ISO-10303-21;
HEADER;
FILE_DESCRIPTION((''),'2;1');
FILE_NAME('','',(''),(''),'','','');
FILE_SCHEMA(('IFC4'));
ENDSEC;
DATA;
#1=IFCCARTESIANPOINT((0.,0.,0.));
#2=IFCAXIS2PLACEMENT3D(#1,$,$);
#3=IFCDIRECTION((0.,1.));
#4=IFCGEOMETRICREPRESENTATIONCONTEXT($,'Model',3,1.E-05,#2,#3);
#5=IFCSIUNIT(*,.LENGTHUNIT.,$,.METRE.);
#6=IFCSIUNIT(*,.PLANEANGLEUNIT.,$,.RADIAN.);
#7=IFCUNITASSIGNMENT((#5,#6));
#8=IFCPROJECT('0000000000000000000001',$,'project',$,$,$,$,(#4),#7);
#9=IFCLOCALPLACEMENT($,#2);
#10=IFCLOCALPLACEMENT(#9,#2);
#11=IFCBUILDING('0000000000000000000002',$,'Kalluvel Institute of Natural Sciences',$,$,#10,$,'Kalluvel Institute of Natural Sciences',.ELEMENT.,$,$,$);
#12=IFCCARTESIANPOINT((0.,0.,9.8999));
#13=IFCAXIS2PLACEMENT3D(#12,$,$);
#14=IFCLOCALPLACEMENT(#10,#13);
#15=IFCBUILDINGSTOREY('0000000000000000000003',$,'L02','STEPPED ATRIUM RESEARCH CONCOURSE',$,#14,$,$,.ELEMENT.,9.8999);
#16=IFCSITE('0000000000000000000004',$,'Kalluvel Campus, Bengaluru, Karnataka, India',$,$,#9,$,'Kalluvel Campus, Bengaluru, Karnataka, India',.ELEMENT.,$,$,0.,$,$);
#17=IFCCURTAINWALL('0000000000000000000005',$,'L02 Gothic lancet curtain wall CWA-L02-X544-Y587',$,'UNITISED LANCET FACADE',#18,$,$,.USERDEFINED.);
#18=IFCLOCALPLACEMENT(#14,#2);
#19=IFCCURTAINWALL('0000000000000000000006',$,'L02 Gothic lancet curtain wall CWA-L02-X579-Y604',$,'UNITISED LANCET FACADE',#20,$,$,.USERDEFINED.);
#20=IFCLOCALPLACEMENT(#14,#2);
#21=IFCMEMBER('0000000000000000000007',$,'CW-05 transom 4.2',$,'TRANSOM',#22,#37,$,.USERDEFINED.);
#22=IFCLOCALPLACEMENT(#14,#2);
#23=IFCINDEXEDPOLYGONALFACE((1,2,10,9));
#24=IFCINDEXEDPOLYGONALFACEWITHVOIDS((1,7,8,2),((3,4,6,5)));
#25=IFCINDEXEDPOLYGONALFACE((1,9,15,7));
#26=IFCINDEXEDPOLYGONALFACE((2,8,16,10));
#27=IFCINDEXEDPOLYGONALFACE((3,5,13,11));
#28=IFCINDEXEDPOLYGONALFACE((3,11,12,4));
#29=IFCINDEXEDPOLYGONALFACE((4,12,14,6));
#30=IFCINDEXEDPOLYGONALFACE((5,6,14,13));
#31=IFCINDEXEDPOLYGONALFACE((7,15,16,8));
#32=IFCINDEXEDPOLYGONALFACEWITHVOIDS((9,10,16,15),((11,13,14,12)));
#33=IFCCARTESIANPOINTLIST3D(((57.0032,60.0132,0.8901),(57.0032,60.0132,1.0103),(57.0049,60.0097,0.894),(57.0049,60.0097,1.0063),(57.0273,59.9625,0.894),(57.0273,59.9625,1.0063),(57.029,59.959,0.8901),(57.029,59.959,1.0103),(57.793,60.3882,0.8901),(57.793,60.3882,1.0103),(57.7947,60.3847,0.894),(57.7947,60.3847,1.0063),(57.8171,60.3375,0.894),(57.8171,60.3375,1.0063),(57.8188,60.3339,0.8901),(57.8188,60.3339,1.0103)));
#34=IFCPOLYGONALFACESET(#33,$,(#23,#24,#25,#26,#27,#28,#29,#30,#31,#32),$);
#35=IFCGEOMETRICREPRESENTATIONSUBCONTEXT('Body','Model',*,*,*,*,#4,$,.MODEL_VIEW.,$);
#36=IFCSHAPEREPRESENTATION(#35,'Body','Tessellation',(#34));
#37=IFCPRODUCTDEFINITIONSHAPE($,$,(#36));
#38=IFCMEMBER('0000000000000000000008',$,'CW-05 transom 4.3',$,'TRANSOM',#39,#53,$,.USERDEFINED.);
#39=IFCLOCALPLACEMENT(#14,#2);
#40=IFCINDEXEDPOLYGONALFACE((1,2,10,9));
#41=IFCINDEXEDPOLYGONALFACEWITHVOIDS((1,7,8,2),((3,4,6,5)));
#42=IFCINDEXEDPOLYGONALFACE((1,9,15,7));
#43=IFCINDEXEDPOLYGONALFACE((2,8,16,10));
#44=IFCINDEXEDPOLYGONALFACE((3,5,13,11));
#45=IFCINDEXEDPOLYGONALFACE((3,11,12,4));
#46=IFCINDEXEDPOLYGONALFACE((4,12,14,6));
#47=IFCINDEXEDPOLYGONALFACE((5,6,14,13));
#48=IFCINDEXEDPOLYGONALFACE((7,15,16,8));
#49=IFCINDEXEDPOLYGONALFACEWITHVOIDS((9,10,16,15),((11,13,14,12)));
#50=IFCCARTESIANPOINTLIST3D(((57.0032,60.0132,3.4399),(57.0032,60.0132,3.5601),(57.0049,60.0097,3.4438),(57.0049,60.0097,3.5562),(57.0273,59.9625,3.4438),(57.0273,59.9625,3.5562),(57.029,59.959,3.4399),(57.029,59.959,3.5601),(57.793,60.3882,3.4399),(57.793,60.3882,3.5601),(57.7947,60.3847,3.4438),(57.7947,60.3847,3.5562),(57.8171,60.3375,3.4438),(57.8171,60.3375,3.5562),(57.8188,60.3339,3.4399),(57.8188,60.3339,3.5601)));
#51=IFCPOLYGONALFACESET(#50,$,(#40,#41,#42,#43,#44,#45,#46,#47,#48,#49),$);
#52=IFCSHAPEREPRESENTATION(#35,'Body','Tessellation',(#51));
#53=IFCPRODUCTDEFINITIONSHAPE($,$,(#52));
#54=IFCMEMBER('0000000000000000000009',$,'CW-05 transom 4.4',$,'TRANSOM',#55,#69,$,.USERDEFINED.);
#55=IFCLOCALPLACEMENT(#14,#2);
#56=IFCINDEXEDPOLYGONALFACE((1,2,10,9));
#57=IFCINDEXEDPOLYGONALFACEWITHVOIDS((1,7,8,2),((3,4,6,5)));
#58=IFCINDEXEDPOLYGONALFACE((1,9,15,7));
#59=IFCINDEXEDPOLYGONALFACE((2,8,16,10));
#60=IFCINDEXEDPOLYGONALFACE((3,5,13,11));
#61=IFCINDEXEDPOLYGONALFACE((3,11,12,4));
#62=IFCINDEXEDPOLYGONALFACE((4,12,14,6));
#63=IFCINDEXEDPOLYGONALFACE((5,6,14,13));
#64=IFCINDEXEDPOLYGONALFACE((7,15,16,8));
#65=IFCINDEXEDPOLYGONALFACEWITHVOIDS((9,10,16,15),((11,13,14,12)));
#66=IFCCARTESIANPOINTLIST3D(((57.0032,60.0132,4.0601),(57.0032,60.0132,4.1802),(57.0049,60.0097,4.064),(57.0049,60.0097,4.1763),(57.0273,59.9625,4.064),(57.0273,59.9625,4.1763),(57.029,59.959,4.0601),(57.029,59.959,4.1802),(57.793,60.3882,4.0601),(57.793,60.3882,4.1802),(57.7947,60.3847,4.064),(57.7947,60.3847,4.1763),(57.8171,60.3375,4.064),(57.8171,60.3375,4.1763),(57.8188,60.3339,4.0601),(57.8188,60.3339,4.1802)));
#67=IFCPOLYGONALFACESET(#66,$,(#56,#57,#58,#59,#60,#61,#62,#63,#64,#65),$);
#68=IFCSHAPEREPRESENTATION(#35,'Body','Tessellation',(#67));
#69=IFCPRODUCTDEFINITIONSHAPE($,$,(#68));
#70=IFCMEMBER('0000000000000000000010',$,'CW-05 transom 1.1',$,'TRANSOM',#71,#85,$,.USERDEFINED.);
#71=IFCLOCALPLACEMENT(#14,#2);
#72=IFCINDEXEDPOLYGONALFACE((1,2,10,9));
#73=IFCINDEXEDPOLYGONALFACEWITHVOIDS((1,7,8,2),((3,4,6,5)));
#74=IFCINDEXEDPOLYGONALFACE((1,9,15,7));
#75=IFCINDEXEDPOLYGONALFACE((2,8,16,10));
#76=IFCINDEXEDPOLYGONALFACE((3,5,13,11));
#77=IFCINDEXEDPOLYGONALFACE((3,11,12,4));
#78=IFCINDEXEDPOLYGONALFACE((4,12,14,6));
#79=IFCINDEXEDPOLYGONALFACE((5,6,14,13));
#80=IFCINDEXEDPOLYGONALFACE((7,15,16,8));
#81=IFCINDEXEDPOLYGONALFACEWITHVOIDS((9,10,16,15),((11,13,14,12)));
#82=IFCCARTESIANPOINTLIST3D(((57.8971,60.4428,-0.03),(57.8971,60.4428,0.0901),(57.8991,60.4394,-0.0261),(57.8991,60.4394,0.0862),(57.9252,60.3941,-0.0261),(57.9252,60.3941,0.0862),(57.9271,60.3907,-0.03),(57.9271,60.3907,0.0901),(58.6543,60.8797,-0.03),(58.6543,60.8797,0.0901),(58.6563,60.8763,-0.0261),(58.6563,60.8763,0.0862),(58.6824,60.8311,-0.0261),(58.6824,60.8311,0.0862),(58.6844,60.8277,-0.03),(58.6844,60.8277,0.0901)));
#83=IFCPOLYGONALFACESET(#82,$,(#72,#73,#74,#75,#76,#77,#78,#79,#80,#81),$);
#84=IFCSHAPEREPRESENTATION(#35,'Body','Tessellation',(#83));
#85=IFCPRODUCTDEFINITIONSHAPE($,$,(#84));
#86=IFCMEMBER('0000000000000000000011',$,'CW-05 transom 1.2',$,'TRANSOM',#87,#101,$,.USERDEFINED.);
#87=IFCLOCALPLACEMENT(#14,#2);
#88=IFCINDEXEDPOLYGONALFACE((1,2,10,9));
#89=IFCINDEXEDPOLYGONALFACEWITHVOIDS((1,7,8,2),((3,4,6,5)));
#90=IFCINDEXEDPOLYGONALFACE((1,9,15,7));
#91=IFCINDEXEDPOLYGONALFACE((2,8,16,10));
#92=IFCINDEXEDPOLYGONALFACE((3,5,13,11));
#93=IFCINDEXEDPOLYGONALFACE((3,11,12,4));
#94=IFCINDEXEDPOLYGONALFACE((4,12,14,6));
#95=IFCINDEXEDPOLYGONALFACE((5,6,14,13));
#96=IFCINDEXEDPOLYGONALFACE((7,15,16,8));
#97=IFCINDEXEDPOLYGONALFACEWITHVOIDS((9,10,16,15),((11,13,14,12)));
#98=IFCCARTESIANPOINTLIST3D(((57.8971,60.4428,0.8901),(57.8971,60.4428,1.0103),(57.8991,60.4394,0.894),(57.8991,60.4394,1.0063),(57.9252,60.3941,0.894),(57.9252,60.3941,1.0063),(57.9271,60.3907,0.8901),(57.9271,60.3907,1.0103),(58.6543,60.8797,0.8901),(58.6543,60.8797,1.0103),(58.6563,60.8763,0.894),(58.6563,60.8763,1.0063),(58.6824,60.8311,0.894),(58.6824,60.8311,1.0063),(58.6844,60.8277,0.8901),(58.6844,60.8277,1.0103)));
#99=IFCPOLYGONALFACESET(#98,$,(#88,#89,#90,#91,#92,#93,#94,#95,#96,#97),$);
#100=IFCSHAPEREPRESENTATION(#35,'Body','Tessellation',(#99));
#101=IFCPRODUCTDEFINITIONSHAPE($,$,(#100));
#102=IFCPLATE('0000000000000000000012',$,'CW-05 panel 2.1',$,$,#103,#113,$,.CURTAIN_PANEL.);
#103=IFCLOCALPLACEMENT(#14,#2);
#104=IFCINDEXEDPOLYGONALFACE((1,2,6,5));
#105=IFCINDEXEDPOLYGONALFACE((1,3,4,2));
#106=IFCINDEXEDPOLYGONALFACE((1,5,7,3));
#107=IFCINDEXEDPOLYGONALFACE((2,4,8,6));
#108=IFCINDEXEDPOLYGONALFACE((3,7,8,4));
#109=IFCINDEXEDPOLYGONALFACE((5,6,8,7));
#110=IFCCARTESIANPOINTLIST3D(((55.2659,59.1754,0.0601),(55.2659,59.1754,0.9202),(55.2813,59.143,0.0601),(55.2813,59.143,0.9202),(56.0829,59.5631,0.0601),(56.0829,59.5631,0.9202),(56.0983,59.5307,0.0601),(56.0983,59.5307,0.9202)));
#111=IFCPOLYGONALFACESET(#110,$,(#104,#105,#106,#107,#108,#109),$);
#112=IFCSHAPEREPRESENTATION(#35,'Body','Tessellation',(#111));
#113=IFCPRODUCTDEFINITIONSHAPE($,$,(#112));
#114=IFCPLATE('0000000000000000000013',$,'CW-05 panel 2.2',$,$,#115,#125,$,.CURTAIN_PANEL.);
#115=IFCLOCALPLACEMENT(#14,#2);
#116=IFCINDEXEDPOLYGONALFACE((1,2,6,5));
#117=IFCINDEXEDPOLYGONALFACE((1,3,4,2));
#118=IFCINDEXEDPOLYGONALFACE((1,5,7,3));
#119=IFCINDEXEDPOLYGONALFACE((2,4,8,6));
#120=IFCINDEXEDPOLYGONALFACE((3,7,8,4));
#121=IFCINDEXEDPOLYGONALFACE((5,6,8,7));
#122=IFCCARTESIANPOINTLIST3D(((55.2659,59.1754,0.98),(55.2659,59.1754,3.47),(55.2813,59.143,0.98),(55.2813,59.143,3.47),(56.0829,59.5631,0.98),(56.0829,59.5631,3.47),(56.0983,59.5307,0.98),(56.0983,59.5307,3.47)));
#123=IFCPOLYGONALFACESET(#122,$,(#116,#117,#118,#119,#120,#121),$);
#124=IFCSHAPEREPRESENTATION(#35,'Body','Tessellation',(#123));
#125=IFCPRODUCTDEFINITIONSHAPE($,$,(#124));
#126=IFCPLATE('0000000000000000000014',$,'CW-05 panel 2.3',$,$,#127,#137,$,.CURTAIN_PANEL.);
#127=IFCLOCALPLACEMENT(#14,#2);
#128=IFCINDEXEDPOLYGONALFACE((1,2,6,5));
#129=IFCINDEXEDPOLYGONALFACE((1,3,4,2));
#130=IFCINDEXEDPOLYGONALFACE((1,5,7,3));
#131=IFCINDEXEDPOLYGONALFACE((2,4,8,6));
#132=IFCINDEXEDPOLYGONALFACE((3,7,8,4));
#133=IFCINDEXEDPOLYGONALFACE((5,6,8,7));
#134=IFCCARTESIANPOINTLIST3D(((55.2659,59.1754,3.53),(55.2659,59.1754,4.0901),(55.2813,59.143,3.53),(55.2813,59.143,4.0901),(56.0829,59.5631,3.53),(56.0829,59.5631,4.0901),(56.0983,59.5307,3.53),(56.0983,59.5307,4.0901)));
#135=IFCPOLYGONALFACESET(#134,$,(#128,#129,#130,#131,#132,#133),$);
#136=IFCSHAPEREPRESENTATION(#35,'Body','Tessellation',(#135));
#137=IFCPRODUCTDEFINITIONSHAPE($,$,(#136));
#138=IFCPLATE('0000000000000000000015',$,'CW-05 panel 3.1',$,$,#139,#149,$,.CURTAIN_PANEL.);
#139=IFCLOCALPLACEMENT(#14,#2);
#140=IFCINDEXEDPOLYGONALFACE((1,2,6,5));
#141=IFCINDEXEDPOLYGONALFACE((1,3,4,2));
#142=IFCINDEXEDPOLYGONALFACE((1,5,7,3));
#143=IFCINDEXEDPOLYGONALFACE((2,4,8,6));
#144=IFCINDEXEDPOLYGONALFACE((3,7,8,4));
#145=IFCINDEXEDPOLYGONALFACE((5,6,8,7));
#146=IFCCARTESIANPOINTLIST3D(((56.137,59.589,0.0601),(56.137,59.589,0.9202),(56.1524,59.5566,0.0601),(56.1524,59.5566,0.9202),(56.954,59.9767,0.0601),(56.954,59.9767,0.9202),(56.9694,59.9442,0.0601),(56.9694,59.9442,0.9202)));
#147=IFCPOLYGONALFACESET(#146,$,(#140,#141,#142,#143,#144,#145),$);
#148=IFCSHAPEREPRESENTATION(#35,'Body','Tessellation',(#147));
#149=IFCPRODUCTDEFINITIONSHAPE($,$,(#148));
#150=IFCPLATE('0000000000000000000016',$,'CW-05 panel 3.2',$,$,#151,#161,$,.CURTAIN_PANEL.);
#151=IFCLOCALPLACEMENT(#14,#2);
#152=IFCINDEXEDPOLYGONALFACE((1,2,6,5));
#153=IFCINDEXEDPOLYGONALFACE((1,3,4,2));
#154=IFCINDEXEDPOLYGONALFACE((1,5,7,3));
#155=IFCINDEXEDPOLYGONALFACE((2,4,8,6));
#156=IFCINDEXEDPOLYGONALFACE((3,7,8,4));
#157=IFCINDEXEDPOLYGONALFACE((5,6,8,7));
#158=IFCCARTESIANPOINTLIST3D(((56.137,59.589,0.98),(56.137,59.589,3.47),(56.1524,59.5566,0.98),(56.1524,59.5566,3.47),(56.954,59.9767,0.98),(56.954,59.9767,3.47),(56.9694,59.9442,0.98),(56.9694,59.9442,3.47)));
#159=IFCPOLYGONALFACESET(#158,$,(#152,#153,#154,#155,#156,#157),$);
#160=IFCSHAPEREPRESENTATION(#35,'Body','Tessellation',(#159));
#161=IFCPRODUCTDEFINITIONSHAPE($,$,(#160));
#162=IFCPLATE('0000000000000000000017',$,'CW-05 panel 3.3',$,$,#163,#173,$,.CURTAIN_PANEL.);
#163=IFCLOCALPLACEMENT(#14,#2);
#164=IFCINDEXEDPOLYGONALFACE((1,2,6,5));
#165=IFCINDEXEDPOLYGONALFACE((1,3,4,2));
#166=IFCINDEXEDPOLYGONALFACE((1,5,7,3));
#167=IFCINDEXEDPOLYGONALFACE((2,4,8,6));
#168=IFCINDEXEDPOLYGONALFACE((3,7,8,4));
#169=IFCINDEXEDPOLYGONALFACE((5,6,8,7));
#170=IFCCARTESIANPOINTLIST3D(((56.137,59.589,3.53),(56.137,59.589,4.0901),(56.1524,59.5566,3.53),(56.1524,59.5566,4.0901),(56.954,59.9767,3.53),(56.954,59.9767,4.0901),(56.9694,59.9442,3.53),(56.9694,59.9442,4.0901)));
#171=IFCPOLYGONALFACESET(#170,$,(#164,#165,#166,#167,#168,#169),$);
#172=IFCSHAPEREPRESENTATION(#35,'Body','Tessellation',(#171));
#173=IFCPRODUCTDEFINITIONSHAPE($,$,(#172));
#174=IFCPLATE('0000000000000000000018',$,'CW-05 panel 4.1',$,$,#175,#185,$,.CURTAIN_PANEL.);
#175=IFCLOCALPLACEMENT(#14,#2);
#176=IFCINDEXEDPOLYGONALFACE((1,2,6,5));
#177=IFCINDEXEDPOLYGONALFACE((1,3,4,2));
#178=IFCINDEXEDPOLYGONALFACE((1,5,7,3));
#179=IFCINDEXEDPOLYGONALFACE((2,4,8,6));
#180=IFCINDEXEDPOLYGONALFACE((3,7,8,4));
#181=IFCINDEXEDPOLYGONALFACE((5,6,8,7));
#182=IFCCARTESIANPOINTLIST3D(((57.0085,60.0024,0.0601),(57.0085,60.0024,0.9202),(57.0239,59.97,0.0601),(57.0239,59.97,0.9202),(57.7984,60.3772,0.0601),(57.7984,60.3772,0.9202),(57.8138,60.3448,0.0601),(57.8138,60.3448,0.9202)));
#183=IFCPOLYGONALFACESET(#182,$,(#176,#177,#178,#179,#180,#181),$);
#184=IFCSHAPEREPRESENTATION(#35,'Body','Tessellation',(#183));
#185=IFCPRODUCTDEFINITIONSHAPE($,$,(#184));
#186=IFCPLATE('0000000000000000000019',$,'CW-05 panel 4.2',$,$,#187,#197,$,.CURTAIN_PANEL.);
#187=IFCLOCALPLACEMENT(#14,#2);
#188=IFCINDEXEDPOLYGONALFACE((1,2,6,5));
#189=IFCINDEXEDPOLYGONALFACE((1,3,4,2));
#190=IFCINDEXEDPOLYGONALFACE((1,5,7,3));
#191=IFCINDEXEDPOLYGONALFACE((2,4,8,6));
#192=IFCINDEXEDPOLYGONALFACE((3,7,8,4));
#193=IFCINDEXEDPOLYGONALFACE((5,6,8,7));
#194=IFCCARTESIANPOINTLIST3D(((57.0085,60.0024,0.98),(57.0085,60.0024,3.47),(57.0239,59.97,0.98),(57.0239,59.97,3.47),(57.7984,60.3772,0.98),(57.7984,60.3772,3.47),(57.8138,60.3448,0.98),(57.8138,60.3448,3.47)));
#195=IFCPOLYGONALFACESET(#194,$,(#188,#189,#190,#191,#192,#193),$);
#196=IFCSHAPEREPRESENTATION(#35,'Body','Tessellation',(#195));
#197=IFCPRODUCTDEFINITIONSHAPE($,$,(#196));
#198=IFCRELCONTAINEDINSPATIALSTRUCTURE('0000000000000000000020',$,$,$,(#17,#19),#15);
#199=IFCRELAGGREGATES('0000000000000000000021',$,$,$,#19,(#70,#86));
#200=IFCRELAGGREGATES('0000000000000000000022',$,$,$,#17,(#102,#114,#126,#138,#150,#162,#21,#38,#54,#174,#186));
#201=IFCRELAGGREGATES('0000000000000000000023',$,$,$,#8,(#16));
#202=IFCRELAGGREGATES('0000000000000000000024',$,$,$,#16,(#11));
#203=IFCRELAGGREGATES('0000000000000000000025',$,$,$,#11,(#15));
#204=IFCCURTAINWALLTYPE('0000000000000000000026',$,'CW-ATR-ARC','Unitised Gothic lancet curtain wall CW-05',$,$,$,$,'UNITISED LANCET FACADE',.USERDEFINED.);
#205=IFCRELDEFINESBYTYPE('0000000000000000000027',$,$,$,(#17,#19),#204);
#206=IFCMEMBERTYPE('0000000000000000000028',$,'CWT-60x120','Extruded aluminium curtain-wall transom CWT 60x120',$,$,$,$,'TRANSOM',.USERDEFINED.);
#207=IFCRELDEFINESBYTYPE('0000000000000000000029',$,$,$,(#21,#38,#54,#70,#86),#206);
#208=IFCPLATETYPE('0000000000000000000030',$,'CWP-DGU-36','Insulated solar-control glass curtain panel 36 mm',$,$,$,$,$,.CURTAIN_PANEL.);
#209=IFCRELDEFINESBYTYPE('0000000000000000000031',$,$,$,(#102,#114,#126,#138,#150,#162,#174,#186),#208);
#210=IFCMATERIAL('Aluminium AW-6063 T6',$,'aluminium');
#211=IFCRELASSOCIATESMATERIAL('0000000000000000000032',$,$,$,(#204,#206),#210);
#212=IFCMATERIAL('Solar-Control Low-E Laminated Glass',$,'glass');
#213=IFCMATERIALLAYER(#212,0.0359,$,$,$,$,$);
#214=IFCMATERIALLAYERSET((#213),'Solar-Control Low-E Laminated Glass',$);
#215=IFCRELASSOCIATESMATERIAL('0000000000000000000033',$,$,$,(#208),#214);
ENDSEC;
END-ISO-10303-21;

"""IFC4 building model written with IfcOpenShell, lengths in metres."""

from ifc_helpers import new_model, si_unit, direction, frame, origin, origin_2d, place, context, subcontext, project, spatial, rectangle, hollow_rectangle, extrude, material, layer, layer_set, material_profile, profile_set, type_object, element, aggregate, save


model = new_model("IFC4")

# Units and contexts
model_context = context("Model", 3, precision=1e-05, world=origin(), true_north=direction((0.0, 1.0)))
body_context = subcontext(model_context, "Body", "Model", "MODEL_VIEW")
ifc_project = project(units=[si_unit("LENGTHUNIT", "METRE"), si_unit("PLANEANGLEUNIT", "RADIAN")], contexts=[model_context])

# Site, building, storey
site_placement = place(None, origin())
site = spatial("IfcSite", under=ifc_project, at=site_placement, Name="Kalluvel Campus, Bengaluru, Karnataka, India", LongName="Kalluvel Campus, Bengaluru, Karnataka, India", CompositionType="ELEMENT", RefElevation=0.0)
building_placement = place(site_placement, origin())
building = spatial("IfcBuilding", under=site, at=building_placement, Name="Kalluvel Institute of Natural Sciences", LongName="Kalluvel Institute of Natural Sciences", CompositionType="ELEMENT")
storey_placement = place(building_placement, frame((0.0, 0.0, 9.8999)))
storey = spatial("IfcBuildingStorey", under=building, at=storey_placement, Name="L02", Description="STEPPED ATRIUM RESEARCH CONCOURSE", CompositionType="ELEMENT", Elevation=9.8999)

# Curtain wall
ifc_material_1 = material(Name="Aluminium AW-6063 T6", Category="aluminium")
curtain_wall_type = type_object("IfcCurtainWallType", Name="CW-ATR-ARC", Description="Unitised Gothic lancet curtain wall CW-05", ElementType="UNITISED LANCET FACADE", PredefinedType="USERDEFINED", material=ifc_material_1)
curtain_wall_1_placement = place(storey_placement, origin())
curtain_wall_1 = element("IfcCurtainWall", 1, at=curtain_wall_1_placement, inside=storey, type_object=curtain_wall_type, Name="L02 Gothic lancet curtain wall CWA-L02-X544-Y587", ObjectType="UNITISED LANCET FACADE", PredefinedType="USERDEFINED")

# Curtain wall
curtain_wall_2_placement = place(storey_placement, origin())
curtain_wall_2 = element("IfcCurtainWall", 2, at=curtain_wall_2_placement, inside=storey, type_object=curtain_wall_type, Name="L02 Gothic lancet curtain wall CWA-L02-X579-Y604", ObjectType="UNITISED LANCET FACADE", PredefinedType="USERDEFINED")

# Members
ifc_material_profile_1 = material_profile(ifc_material_1, hollow_rectangle(XDim=0.0601, YDim=0.1201, WallThickness=0.0039, at=origin_2d()), Name="CWT 60x120")
ifc_profile_set_1 = profile_set([ifc_material_profile_1], Name="Aluminium AW-6063 T6")
member_type_1 = type_object("IfcMemberType", Name="CWT-60x120", Description="Extruded aluminium curtain-wall transom CWT 60x120", ElementType="TRANSOM", PredefinedType="USERDEFINED", material=ifc_profile_set_1)
member_1_placement = place(storey_placement, frame((57.0161, 59.9861, 0.9502), z_axis=(0.903345, 0.428914, 0.0), x_axis=(-0.428914, 0.903345, 0.0)))
member_1 = element("IfcMember", 3, at=member_1_placement, type_object=member_type_1, Name="CW-05 transom 4.2", ObjectType="TRANSOM", PredefinedType="USERDEFINED", context=body_context, shape_type="SweptSolid", body=[
    extrude(hollow_rectangle(XDim=0.0601, YDim=0.1201, WallThickness=0.0039, at=origin_2d()), origin(), (0.0, 0.0, 1.0), 0.8743),
])
member_2_placement = place(storey_placement, frame((57.0161, 59.9861, 3.5), z_axis=(0.903345, 0.428914, 0.0), x_axis=(-0.428914, 0.903345, 0.0)))
member_2 = element("IfcMember", 4, at=member_2_placement, type_object=member_type_1, Name="CW-05 transom 4.3", ObjectType="TRANSOM", PredefinedType="USERDEFINED", context=body_context, shape_type="SweptSolid", body=[
    extrude(hollow_rectangle(XDim=0.0601, YDim=0.1201, WallThickness=0.0039, at=origin_2d()), origin(), (0.0, 0.0, 1.0), 0.8743),
])
member_3_placement = place(storey_placement, frame((57.0161, 59.9861, 4.1201), z_axis=(0.903345, 0.428914, 0.0), x_axis=(-0.428914, 0.903345, 0.0)))
member_3 = element("IfcMember", 5, at=member_3_placement, type_object=member_type_1, Name="CW-05 transom 4.4", ObjectType="TRANSOM", PredefinedType="USERDEFINED", context=body_context, shape_type="SweptSolid", body=[
    extrude(hollow_rectangle(XDim=0.0601, YDim=0.1201, WallThickness=0.0039, at=origin_2d()), origin(), (0.0, 0.0, 1.0), 0.8743),
])
member_4_placement = place(storey_placement, frame((57.9121, 60.4167, 0.03), z_axis=(0.866139, 0.499803, 0.0), x_axis=(-0.499803, 0.866139, 0.0)))
member_4 = element("IfcMember", 6, at=member_4_placement, type_object=member_type_1, Name="CW-05 transom 1.1", ObjectType="TRANSOM", PredefinedType="USERDEFINED", context=body_context, shape_type="SweptSolid", body=[
    extrude(hollow_rectangle(XDim=0.0601, YDim=0.1201, WallThickness=0.0039, at=origin_2d()), origin(), (0.0, 0.0, 1.0), 0.8743),
])
member_5_placement = place(storey_placement, frame((57.9121, 60.4167, 0.9502), z_axis=(0.866139, 0.499803, 0.0), x_axis=(-0.499803, 0.866139, 0.0)))
member_5 = element("IfcMember", 7, at=member_5_placement, type_object=member_type_1, Name="CW-05 transom 1.2", ObjectType="TRANSOM", PredefinedType="USERDEFINED", context=body_context, shape_type="SweptSolid", body=[
    extrude(hollow_rectangle(XDim=0.0601, YDim=0.1201, WallThickness=0.0039, at=origin_2d()), origin(), (0.0, 0.0, 1.0), 0.8743),
])
aggregate(curtain_wall_2, [member_4, member_5])

# Plates
ifc_material_2 = material(Name="Solar-Control Low-E Laminated Glass", Category="glass")
ifc_layer_1 = layer(ifc_material_2, 0.0359)
ifc_layer_set_1 = layer_set([ifc_layer_1], Name="Solar-Control Low-E Laminated Glass")
plate_type = type_object("IfcPlateType", Name="CWP-DGU-36", Description="Insulated solar-control glass curtain panel 36 mm", PredefinedType="CURTAIN_PANEL", material=ifc_layer_set_1)
plate_1_placement = place(storey_placement, frame((55.6821, 59.353, 0.0601), z_axis=(0.0, 0.0, 1.0), x_axis=(0.903446, 0.428702, 0.0)))
plate_1 = element("IfcPlate", 8, at=plate_1_placement, type_object=plate_type, Name="CW-05 panel 2.1", PredefinedType="CURTAIN_PANEL", context=body_context, shape_type="SweptSolid", body=[
    extrude(rectangle(XDim=0.9043, YDim=0.0359, at=origin_2d()), origin(), (0.0, 0.0, 1.0), 0.8601),
])
plate_2_placement = place(storey_placement, frame((55.6821, 59.353, 0.98), z_axis=(0.0, 0.0, 1.0), x_axis=(0.903446, 0.428702, 0.0)))
plate_2 = element("IfcPlate", 9, at=plate_2_placement, type_object=plate_type, Name="CW-05 panel 2.2", PredefinedType="CURTAIN_PANEL", context=body_context, shape_type="SweptSolid", body=[
    extrude(rectangle(XDim=0.9043, YDim=0.0359, at=origin_2d()), origin(), (0.0, 0.0, 1.0), 2.49),
])
plate_3_placement = place(storey_placement, frame((55.6821, 59.353, 3.53), z_axis=(0.0, 0.0, 1.0), x_axis=(0.903446, 0.428702, 0.0)))
plate_3 = element("IfcPlate", 10, at=plate_3_placement, type_object=plate_type, Name="CW-05 panel 2.3", PredefinedType="CURTAIN_PANEL", context=body_context, shape_type="SweptSolid", body=[
    extrude(rectangle(XDim=0.9043, YDim=0.0359, at=origin_2d()), origin(), (0.0, 0.0, 1.0), 0.5601),
])
plate_4_placement = place(storey_placement, frame((56.5532, 59.7666, 0.0601), z_axis=(0.0, 0.0, 1.0), x_axis=(0.903446, 0.428702, 0.0)))
plate_4 = element("IfcPlate", 11, at=plate_4_placement, type_object=plate_type, Name="CW-05 panel 3.1", PredefinedType="CURTAIN_PANEL", context=body_context, shape_type="SweptSolid", body=[
    extrude(rectangle(XDim=0.9043, YDim=0.0359, at=origin_2d()), origin(), (0.0, 0.0, 1.0), 0.8601),
])
plate_5_placement = place(storey_placement, frame((56.5532, 59.7666, 0.98), z_axis=(0.0, 0.0, 1.0), x_axis=(0.903446, 0.428702, 0.0)))
plate_5 = element("IfcPlate", 12, at=plate_5_placement, type_object=plate_type, Name="CW-05 panel 3.2", PredefinedType="CURTAIN_PANEL", context=body_context, shape_type="SweptSolid", body=[
    extrude(rectangle(XDim=0.9043, YDim=0.0359, at=origin_2d()), origin(), (0.0, 0.0, 1.0), 2.49),
])
plate_6_placement = place(storey_placement, frame((56.5532, 59.7666, 3.53), z_axis=(0.0, 0.0, 1.0), x_axis=(0.903446, 0.428702, 0.0)))
plate_6 = element("IfcPlate", 13, at=plate_6_placement, type_object=plate_type, Name="CW-05 panel 3.3", PredefinedType="CURTAIN_PANEL", context=body_context, shape_type="SweptSolid", body=[
    extrude(rectangle(XDim=0.9043, YDim=0.0359, at=origin_2d()), origin(), (0.0, 0.0, 1.0), 0.5601),
])
plate_7_placement = place(storey_placement, frame((57.4111, 60.1736, 0.0601), z_axis=(0.0, 0.0, 1.0), x_axis=(0.903446, 0.428702, 0.0)))
plate_7 = element("IfcPlate", 14, at=plate_7_placement, type_object=plate_type, Name="CW-05 panel 4.1", PredefinedType="CURTAIN_PANEL", context=body_context, shape_type="SweptSolid", body=[
    extrude(rectangle(XDim=0.8743, YDim=0.0359, at=origin_2d()), origin(), (0.0, 0.0, 1.0), 0.8601),
])
plate_8_placement = place(storey_placement, frame((57.4111, 60.1736, 0.98), z_axis=(0.0, 0.0, 1.0), x_axis=(0.903446, 0.428702, 0.0)))
plate_8 = element("IfcPlate", 15, at=plate_8_placement, type_object=plate_type, Name="CW-05 panel 4.2", PredefinedType="CURTAIN_PANEL", context=body_context, shape_type="SweptSolid", body=[
    extrude(rectangle(XDim=0.8743, YDim=0.0359, at=origin_2d()), origin(), (0.0, 0.0, 1.0), 2.49),
])
aggregate(curtain_wall_1, [plate_1, plate_2, plate_3, plate_4, plate_5, plate_6, member_1, member_2, member_3, plate_7, plate_8])

save(model, "model.ifc")
